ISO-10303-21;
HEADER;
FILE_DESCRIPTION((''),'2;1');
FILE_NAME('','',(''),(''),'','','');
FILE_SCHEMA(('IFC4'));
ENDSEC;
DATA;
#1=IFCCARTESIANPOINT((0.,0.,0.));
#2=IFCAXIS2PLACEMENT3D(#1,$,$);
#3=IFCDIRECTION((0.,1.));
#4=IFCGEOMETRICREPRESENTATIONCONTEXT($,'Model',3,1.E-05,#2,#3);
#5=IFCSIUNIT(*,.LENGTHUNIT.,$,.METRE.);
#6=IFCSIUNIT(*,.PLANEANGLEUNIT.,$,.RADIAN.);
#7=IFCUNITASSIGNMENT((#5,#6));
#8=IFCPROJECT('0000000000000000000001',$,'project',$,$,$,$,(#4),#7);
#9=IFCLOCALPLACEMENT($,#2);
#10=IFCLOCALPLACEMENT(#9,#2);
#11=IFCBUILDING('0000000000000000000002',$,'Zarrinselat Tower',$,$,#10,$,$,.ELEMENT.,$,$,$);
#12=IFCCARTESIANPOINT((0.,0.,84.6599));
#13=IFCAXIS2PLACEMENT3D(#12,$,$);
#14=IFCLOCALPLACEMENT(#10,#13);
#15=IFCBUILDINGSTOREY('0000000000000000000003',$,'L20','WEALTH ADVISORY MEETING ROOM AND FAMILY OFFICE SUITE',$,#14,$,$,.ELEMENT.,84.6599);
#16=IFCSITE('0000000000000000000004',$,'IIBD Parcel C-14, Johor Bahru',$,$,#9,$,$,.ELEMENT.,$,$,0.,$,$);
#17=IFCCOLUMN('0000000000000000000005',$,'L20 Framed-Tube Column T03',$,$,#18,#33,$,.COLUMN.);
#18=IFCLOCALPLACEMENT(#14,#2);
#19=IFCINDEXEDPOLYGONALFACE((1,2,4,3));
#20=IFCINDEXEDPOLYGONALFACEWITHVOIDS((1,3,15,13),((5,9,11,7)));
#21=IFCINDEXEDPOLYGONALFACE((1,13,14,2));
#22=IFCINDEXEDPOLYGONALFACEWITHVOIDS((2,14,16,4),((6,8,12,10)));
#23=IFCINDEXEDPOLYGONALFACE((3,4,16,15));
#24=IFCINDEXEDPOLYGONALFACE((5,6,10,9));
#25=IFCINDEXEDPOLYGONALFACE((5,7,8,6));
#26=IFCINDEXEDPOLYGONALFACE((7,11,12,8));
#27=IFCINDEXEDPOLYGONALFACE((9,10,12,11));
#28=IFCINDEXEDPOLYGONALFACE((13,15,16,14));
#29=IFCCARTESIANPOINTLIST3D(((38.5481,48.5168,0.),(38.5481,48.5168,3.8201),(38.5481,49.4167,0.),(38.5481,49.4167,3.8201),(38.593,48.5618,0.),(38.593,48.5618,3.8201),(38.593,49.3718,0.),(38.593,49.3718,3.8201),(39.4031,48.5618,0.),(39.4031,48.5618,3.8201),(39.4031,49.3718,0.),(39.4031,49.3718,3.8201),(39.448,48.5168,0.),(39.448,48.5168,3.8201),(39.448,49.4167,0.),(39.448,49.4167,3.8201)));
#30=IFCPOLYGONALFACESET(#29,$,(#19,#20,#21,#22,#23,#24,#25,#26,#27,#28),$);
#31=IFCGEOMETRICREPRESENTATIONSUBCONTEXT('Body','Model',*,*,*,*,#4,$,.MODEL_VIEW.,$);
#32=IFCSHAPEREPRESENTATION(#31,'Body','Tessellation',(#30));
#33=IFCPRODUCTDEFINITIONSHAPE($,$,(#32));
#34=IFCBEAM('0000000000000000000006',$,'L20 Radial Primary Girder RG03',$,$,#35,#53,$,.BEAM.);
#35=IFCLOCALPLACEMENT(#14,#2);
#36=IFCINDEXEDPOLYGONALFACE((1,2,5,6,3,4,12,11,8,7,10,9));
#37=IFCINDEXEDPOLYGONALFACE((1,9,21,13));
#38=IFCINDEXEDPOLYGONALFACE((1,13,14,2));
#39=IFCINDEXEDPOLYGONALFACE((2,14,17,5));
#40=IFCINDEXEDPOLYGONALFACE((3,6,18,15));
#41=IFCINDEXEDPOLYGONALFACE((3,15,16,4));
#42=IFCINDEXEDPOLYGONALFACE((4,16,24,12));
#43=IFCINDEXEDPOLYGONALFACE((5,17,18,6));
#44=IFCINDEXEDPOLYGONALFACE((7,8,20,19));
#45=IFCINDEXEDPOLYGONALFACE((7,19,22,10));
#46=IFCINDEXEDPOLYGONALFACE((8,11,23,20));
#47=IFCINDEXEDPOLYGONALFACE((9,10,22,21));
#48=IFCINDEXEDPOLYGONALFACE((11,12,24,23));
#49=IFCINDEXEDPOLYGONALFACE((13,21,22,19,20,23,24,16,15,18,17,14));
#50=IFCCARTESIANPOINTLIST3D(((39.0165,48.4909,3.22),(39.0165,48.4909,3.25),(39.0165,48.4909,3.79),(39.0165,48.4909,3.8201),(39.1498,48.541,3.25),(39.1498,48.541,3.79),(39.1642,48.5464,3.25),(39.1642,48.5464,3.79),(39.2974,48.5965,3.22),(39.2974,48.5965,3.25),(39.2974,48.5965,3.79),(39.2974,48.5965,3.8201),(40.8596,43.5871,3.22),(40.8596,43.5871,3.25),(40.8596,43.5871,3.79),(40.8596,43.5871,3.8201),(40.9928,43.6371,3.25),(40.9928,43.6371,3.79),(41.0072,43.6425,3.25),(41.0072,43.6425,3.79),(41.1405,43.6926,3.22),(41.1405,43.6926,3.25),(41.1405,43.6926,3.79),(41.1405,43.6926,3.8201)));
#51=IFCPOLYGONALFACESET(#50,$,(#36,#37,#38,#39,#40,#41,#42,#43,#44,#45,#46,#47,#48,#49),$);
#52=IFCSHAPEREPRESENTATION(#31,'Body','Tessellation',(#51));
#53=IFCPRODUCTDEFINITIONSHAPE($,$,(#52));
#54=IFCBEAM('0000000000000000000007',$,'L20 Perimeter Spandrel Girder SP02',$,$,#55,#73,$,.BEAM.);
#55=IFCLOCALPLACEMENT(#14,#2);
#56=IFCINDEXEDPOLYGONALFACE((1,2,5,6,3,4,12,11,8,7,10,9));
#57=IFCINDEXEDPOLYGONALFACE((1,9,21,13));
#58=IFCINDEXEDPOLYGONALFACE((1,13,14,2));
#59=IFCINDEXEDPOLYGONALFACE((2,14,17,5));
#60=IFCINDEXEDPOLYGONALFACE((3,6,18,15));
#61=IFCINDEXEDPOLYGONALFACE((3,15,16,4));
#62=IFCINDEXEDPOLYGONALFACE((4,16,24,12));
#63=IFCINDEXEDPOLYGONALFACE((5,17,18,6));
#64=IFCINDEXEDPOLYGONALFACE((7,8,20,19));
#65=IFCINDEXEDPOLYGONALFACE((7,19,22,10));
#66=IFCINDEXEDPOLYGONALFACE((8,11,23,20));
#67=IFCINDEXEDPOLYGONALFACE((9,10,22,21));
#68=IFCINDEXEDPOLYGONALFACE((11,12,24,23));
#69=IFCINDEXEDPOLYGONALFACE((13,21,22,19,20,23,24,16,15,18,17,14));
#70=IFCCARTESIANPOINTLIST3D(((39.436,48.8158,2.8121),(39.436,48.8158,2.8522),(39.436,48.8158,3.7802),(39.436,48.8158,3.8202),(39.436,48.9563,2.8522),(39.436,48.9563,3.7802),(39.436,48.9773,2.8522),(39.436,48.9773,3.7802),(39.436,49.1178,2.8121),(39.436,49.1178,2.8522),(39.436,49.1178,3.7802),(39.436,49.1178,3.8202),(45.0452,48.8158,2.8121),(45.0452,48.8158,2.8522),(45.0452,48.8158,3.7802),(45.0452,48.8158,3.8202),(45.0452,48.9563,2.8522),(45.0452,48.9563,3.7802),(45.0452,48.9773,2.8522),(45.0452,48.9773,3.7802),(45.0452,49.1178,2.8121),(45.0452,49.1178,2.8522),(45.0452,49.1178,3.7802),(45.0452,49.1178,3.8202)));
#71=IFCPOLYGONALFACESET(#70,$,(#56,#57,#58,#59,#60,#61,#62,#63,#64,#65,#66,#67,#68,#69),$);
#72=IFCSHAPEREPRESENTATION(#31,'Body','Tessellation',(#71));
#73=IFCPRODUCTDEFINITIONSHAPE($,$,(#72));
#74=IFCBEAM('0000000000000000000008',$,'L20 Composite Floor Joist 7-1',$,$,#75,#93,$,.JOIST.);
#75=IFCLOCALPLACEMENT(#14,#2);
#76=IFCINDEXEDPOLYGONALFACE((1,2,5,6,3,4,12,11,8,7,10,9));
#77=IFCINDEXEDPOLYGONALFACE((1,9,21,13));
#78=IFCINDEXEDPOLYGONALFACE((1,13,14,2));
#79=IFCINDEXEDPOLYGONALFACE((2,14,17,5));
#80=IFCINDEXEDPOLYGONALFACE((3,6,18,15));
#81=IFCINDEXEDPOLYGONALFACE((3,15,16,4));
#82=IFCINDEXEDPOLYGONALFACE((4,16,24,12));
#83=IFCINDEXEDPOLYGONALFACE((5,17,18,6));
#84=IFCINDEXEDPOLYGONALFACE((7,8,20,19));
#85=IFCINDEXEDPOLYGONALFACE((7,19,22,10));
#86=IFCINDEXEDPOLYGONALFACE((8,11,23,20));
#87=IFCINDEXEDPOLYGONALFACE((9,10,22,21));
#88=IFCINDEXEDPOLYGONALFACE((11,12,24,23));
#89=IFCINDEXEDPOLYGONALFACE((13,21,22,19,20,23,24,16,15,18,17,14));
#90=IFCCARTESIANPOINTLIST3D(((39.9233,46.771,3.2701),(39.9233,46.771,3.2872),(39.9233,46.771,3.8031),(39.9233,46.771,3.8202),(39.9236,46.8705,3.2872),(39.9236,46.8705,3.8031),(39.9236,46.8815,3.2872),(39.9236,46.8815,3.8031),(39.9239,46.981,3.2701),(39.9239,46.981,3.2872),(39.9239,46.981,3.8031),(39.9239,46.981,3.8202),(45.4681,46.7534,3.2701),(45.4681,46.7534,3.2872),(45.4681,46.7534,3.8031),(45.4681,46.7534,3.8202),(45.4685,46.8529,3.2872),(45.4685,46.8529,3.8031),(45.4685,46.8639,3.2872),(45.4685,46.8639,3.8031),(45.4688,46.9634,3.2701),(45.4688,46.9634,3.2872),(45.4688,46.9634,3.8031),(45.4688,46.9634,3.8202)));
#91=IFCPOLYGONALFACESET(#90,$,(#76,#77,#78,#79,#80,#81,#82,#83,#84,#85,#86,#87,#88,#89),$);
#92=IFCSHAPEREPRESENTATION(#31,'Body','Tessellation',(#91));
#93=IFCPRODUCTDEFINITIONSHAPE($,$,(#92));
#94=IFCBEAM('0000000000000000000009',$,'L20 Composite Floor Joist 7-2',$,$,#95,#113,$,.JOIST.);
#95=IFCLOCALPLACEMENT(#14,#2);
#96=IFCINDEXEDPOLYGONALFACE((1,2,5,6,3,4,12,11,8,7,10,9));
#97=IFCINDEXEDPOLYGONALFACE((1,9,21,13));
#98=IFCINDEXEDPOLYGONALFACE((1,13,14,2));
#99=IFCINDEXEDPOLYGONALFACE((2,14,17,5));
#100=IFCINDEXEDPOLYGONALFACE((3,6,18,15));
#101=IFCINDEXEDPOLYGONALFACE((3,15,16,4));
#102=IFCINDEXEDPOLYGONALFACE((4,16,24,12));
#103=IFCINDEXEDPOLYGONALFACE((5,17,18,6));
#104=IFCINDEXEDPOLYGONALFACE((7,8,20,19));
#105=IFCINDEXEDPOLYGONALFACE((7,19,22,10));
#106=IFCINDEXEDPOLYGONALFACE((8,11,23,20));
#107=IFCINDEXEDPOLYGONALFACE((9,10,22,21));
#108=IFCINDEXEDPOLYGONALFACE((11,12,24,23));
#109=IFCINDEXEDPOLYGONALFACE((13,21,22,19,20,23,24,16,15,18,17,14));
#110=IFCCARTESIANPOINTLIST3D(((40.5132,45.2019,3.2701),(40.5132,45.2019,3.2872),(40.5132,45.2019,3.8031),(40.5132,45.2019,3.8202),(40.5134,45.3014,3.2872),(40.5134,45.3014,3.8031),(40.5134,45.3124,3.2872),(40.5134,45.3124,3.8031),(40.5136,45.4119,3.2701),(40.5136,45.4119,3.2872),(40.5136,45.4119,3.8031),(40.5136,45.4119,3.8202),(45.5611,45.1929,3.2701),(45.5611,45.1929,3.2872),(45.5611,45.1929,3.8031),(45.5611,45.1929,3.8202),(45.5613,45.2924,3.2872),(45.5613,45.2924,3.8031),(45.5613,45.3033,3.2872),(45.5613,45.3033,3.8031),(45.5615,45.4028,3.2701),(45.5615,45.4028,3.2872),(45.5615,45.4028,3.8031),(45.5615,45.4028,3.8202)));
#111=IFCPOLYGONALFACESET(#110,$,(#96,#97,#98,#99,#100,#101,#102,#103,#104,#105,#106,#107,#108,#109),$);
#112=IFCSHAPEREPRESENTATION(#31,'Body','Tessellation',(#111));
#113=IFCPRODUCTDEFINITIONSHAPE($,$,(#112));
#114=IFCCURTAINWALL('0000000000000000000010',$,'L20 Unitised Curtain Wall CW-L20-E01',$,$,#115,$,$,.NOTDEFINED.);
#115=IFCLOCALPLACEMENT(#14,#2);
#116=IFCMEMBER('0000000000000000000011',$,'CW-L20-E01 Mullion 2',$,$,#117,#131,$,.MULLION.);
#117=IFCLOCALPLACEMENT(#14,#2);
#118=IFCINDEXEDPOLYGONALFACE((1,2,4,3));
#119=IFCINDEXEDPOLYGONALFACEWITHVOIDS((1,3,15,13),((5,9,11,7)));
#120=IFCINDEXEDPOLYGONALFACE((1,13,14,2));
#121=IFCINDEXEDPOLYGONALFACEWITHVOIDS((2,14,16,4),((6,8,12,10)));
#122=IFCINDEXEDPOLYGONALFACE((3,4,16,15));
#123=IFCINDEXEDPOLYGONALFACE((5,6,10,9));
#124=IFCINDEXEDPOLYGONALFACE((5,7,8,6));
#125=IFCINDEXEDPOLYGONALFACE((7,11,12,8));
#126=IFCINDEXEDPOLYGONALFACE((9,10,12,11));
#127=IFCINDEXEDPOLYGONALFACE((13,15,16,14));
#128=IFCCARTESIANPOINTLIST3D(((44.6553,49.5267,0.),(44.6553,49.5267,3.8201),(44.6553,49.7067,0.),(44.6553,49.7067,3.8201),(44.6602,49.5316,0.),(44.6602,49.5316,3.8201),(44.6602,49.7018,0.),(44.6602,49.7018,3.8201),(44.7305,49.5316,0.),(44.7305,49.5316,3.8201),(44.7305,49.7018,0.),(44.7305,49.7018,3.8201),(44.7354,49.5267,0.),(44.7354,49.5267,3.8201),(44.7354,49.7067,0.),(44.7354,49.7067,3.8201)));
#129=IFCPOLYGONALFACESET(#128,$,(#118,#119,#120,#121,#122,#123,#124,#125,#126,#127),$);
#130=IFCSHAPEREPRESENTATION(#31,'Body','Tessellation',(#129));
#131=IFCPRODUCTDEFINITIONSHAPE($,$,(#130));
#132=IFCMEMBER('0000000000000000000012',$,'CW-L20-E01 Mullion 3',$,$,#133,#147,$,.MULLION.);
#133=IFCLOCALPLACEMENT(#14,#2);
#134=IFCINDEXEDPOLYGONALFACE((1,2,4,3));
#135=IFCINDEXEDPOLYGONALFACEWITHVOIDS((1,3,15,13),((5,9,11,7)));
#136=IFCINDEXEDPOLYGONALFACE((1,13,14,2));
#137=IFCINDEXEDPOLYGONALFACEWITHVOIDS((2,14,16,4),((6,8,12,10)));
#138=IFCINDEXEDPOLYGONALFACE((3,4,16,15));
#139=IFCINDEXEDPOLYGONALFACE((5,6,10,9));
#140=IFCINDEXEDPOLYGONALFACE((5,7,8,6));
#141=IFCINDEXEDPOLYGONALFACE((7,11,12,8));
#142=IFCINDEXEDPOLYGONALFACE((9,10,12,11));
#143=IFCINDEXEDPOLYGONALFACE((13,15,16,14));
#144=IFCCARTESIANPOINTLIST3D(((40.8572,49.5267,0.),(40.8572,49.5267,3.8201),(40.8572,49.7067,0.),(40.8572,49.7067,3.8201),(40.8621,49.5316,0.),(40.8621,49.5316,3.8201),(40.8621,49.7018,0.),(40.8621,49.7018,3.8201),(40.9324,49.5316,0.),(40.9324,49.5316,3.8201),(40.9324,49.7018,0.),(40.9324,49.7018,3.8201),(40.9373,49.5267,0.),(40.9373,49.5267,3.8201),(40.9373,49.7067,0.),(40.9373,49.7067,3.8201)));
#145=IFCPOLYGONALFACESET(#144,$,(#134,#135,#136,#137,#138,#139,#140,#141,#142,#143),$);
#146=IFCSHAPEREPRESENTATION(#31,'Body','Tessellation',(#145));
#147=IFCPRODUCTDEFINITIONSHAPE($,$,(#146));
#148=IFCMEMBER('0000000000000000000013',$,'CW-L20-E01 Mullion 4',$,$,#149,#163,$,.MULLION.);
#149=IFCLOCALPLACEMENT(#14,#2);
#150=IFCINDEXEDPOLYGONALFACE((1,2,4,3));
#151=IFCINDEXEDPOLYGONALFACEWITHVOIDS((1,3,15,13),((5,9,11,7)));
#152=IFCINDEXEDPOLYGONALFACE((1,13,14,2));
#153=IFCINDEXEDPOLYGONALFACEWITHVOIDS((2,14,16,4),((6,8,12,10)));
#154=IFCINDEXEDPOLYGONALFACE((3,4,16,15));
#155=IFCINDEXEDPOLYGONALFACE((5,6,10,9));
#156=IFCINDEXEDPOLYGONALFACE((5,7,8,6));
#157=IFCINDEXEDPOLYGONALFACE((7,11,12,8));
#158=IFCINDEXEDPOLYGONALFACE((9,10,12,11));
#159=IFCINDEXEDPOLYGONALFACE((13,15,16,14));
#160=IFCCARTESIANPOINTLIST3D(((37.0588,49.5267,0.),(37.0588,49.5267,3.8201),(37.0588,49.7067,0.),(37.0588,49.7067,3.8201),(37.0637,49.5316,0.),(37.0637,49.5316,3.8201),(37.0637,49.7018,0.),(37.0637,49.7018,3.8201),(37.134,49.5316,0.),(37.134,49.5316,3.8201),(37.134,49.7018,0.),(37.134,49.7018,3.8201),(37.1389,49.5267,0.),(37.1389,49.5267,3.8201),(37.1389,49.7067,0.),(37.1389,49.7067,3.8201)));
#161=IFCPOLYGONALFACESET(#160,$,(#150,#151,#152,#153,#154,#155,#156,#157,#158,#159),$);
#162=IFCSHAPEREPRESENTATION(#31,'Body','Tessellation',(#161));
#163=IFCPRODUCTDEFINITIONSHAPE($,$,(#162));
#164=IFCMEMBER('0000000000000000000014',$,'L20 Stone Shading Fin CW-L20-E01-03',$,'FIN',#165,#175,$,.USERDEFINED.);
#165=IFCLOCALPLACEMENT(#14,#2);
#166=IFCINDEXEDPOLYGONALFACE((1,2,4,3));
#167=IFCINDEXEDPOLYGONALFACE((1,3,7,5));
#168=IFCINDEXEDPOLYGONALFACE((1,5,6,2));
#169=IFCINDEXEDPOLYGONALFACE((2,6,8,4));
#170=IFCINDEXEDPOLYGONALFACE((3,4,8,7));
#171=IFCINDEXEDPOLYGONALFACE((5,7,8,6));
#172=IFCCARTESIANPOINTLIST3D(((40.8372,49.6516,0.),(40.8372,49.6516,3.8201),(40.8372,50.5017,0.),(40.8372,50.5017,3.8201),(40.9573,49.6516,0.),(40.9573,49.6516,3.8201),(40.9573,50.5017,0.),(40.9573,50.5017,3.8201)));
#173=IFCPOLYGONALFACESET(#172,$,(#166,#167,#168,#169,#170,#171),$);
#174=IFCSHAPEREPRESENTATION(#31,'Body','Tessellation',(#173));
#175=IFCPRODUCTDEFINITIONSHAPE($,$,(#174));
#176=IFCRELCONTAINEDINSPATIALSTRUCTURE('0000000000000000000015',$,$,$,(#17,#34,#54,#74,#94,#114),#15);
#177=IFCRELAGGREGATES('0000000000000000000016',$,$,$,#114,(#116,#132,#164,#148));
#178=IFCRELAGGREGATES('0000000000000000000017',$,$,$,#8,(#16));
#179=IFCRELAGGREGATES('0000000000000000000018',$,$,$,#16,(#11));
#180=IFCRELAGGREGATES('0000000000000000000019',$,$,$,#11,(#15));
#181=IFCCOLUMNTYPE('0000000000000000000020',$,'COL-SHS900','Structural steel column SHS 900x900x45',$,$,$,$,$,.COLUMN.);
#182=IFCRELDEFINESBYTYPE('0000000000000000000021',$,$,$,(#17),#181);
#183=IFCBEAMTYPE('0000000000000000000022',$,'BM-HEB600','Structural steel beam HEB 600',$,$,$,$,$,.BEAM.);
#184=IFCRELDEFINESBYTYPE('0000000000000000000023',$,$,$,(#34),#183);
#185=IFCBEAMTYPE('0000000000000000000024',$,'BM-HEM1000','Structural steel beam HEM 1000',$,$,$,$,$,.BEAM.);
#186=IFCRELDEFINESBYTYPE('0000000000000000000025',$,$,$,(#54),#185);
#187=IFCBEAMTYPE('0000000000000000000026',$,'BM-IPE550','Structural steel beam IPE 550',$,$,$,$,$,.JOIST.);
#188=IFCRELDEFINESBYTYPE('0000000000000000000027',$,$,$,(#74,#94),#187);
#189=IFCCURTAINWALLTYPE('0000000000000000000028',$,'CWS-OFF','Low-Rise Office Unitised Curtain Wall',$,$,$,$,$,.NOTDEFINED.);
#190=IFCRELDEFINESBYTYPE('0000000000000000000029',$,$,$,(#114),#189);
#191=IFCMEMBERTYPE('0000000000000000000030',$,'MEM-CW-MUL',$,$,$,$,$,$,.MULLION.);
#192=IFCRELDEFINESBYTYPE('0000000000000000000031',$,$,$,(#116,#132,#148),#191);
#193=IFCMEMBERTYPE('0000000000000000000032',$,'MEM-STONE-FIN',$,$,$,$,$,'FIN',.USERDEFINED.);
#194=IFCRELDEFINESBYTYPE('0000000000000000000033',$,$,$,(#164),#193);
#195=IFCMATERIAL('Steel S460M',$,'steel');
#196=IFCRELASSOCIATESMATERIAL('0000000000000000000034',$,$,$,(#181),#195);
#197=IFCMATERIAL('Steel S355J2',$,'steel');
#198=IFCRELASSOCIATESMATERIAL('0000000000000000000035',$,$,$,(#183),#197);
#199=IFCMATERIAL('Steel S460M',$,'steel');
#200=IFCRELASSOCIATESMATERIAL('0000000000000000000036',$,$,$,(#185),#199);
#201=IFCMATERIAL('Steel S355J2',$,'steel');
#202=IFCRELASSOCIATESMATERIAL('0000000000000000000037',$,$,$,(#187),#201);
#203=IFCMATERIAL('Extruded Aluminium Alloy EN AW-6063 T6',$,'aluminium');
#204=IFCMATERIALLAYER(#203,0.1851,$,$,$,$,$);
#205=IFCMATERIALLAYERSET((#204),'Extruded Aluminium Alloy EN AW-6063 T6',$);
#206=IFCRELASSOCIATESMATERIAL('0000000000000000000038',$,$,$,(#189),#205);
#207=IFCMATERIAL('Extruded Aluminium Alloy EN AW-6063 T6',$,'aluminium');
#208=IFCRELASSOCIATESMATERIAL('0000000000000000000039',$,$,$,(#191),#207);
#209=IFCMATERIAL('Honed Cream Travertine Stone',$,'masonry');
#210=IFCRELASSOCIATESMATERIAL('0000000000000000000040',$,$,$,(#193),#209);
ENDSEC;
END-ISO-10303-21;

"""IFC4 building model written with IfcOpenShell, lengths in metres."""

from ifc_helpers import new_model, si_unit, direction, frame, origin, origin_2d, place, context, subcontext, project, spatial, rectangle, hollow_rectangle, i_section, extrude, material, layer, layer_set, material_profile, profile_set, type_object, element, aggregate, save


model = new_model("IFC4")

# Units and contexts
model_context = context("Model", 3, precision=1e-05, world=origin(), true_north=direction((0.0, 1.0)))
body_context = subcontext(model_context, "Body", "Model", "MODEL_VIEW")
ifc_project = project(units=[si_unit("LENGTHUNIT", "METRE"), si_unit("PLANEANGLEUNIT", "RADIAN")], contexts=[model_context])

# Site, building, storey
site_placement = place(None, origin())
site = spatial("IfcSite", under=ifc_project, at=site_placement, Name="IIBD Parcel C-14, Johor Bahru", CompositionType="ELEMENT", RefElevation=0.0)
building_placement = place(site_placement, origin())
building = spatial("IfcBuilding", under=site, at=building_placement, Name="Zarrinselat Tower", CompositionType="ELEMENT")
storey_placement = place(building_placement, frame((0.0, 0.0, 84.6599)))
storey = spatial("IfcBuildingStorey", under=building, at=storey_placement, Name="L20", Description="WEALTH ADVISORY MEETING ROOM AND FAMILY OFFICE SUITE", CompositionType="ELEMENT", Elevation=84.6599)

# Column
ifc_material_1 = material(Name="Steel S460M", Category="steel")
ifc_material_profile_1 = material_profile(ifc_material_1, hollow_rectangle(XDim=0.8999, YDim=0.8999, WallThickness=0.0449, at=origin_2d()), Name="SHS 900x900x45")
ifc_profile_set_1 = profile_set([ifc_material_profile_1], Name="Steel S460M")
column_type = type_object("IfcColumnType", Name="COL-SHS900", Description="Structural steel column SHS 900x900x45", PredefinedType="COLUMN", material=ifc_profile_set_1)
column_placement = place(storey_placement, frame((38.998, 48.9668, 0.0), z_axis=(0.0, 0.0, 1.0), x_axis=(1.0, 0.0, 0.0)))
element("IfcColumn", 1, at=column_placement, inside=storey, type_object=column_type, Name="L20 Framed-Tube Column T03", PredefinedType="COLUMN", context=body_context, shape_type="SweptSolid", body=[
    extrude(hollow_rectangle(XDim=0.8999, YDim=0.8999, WallThickness=0.0449, at=origin_2d()), origin(), (0.0, 0.0, 1.0), 3.8201),
])

# Beams
ifc_material_2 = material(Name="Steel S355J2", Category="steel")
ifc_material_profile_2 = material_profile(ifc_material_2, i_section(OverallWidth=0.3, OverallDepth=0.6001, WebThickness=0.0154, FlangeThickness=0.03, at=origin_2d()), Name="HEB 600")
ifc_profile_set_2 = profile_set([ifc_material_profile_2], Name="Steel S355J2")
beam_type_1 = type_object("IfcBeamType", Name="BM-HEB600", Description="Structural steel beam HEB 600", PredefinedType="BEAM", material=ifc_profile_set_2)
beam_1_placement = place(storey_placement, frame((39.157, 48.5437, 3.52), z_axis=(0.351808, -0.936072, 0.0), x_axis=(0.936072, 0.351808, 0.0)))
element("IfcBeam", 2, at=beam_1_placement, inside=storey, type_object=beam_type_1, Name="L20 Radial Primary Girder RG03", PredefinedType="BEAM", context=body_context, shape_type="SweptSolid", body=[
    extrude(i_section(OverallWidth=0.3, OverallDepth=0.6001, WebThickness=0.0154, FlangeThickness=0.03, at=origin_2d()), origin(), (0.0, 0.0, 1.0), 5.2388),
])
ifc_material_3 = material(Name="Steel S460M", Category="steel")
ifc_material_profile_3 = material_profile(ifc_material_3, i_section(OverallWidth=0.302, OverallDepth=1.0081, WebThickness=0.021, FlangeThickness=0.04, at=origin_2d()), Name="HEM 1000")
ifc_profile_set_3 = profile_set([ifc_material_profile_3], Name="Steel S460M")
beam_type_2 = type_object("IfcBeamType", Name="BM-HEM1000", Description="Structural steel beam HEM 1000", PredefinedType="BEAM", material=ifc_profile_set_3)
beam_2_placement = place(storey_placement, frame((39.436, 48.9668, 3.3162), z_axis=(1.0, 0.0, 0.0), x_axis=(0.0, 1.0, 0.0)))
element("IfcBeam", 3, at=beam_2_placement, inside=storey, type_object=beam_type_2, Name="L20 Perimeter Spandrel Girder SP02", PredefinedType="BEAM", context=body_context, shape_type="SweptSolid", body=[
    extrude(i_section(OverallWidth=0.302, OverallDepth=1.0081, WebThickness=0.021, FlangeThickness=0.04, at=origin_2d()), origin(), (0.0, 0.0, 1.0), 5.6091),
])
ifc_material_4 = material(Name="Steel S355J2", Category="steel")
ifc_material_profile_4 = material_profile(ifc_material_4, i_section(OverallWidth=0.21, OverallDepth=0.55, WebThickness=0.011, FlangeThickness=0.0171, at=origin_2d()), Name="IPE 550")
ifc_profile_set_4 = profile_set([ifc_material_profile_4], Name="Steel S355J2")
beam_type_3 = type_object("IfcBeamType", Name="BM-IPE550", Description="Structural steel beam IPE 550", PredefinedType="JOIST", material=ifc_profile_set_4)
beam_3_placement = place(storey_placement, frame((39.9236, 46.876, 3.5452), z_axis=(0.999995, -0.00317, 0.0), x_axis=(0.00317, 0.999995, 0.0)))
element("IfcBeam", 4, at=beam_3_placement, inside=storey, type_object=beam_type_3, Name="L20 Composite Floor Joist 7-1", PredefinedType="JOIST", context=body_context, shape_type="SweptSolid", body=[
    extrude(i_section(OverallWidth=0.21, OverallDepth=0.55, WebThickness=0.011, FlangeThickness=0.0171, at=origin_2d()), origin(), (0.0, 0.0, 1.0), 5.5449),
])
beam_4_placement = place(storey_placement, frame((40.5134, 45.3069, 3.5452), z_axis=(0.999998, -0.00179, 0.0), x_axis=(0.00179, 0.999998, 0.0)))
element("IfcBeam", 5, at=beam_4_placement, inside=storey, type_object=beam_type_3, Name="L20 Composite Floor Joist 7-2", PredefinedType="JOIST", context=body_context, shape_type="SweptSolid", body=[
    extrude(i_section(OverallWidth=0.21, OverallDepth=0.55, WebThickness=0.011, FlangeThickness=0.0171, at=origin_2d()), origin(), (0.0, 0.0, 1.0), 5.0479),
])

# Curtain wall, members
ifc_material_5 = material(Name="Extruded Aluminium Alloy EN AW-6063 T6", Category="aluminium")
ifc_layer_1 = layer(ifc_material_5, 0.1851)
ifc_layer_set_1 = layer_set([ifc_layer_1], Name="Extruded Aluminium Alloy EN AW-6063 T6")
curtain_wall_type = type_object("IfcCurtainWallType", Name="CWS-OFF", Description="Low-Rise Office Unitised Curtain Wall", PredefinedType="NOTDEFINED", material=ifc_layer_set_1)
curtain_wall_placement = place(storey_placement, origin())
curtain_wall = element("IfcCurtainWall", 6, at=curtain_wall_placement, inside=storey, type_object=curtain_wall_type, Name="L20 Unitised Curtain Wall CW-L20-E01", PredefinedType="NOTDEFINED")
ifc_material_6 = material(Name="Extruded Aluminium Alloy EN AW-6063 T6", Category="aluminium")
ifc_material_profile_5 = material_profile(ifc_material_6, hollow_rectangle(XDim=0.0801, YDim=0.1799, WallThickness=0.0049, at=origin_2d()), Name="RHS 180x80x5")
ifc_profile_set_5 = profile_set([ifc_material_profile_5], Name="Extruded Aluminium Alloy EN AW-6063 T6")
member_type_1 = type_object("IfcMemberType", Name="MEM-CW-MUL", PredefinedType="MULLION", material=ifc_profile_set_5)
member_1_placement = place(storey_placement, frame((44.6953, 49.6167, 0.0), z_axis=(0.0, 0.0, 1.0), x_axis=(-1.0, 0.0, 0.0)))
member_1 = element("IfcMember", 7, at=member_1_placement, type_object=member_type_1, Name="CW-L20-E01 Mullion 2", PredefinedType="MULLION", context=body_context, shape_type="SweptSolid", body=[
    extrude(hollow_rectangle(XDim=0.0801, YDim=0.1799, WallThickness=0.0049, at=origin_2d()), origin(), (0.0, 0.0, 1.0), 3.8201),
])
member_2_placement = place(storey_placement, frame((40.8972, 49.6167, 0.0), z_axis=(0.0, 0.0, 1.0), x_axis=(-1.0, 0.0, 0.0)))
member_2 = element("IfcMember", 8, at=member_2_placement, type_object=member_type_1, Name="CW-L20-E01 Mullion 3", PredefinedType="MULLION", context=body_context, shape_type="SweptSolid", body=[
    extrude(hollow_rectangle(XDim=0.0801, YDim=0.1799, WallThickness=0.0049, at=origin_2d()), origin(), (0.0, 0.0, 1.0), 3.8201),
])
member_3_placement = place(storey_placement, frame((37.0989, 49.6167, 0.0), z_axis=(0.0, 0.0, 1.0), x_axis=(-1.0, 0.0, 0.0)))
member_3 = element("IfcMember", 9, at=member_3_placement, type_object=member_type_1, Name="CW-L20-E01 Mullion 4", PredefinedType="MULLION", context=body_context, shape_type="SweptSolid", body=[
    extrude(hollow_rectangle(XDim=0.0801, YDim=0.1799, WallThickness=0.0049, at=origin_2d()), origin(), (0.0, 0.0, 1.0), 3.8201),
])
ifc_material_7 = material(Name="Honed Cream Travertine Stone", Category="masonry")
ifc_material_profile_6 = material_profile(ifc_material_7, rectangle(XDim=0.1201, YDim=0.8501, at=origin_2d()), Name="FIN 850x120")
ifc_profile_set_6 = profile_set([ifc_material_profile_6], Name="Honed Cream Travertine Stone")
member_type_2 = type_object("IfcMemberType", Name="MEM-STONE-FIN", ElementType="FIN", PredefinedType="USERDEFINED", material=ifc_profile_set_6)
member_4_placement = place(storey_placement, frame((40.8972, 50.0767, 0.0), z_axis=(0.0, 0.0, 1.0), x_axis=(1.0, 0.0, 0.0)))
member_4 = element("IfcMember", 10, at=member_4_placement, type_object=member_type_2, Name="L20 Stone Shading Fin CW-L20-E01-03", ObjectType="FIN", PredefinedType="USERDEFINED", context=body_context, shape_type="SweptSolid", body=[
    extrude(rectangle(XDim=0.1201, YDim=0.8501, at=origin_2d()), origin(), (0.0, 0.0, 1.0), 3.8201),
])
aggregate(curtain_wall, [member_1, member_2, member_4, member_3])

save(model, "model.ifc")
